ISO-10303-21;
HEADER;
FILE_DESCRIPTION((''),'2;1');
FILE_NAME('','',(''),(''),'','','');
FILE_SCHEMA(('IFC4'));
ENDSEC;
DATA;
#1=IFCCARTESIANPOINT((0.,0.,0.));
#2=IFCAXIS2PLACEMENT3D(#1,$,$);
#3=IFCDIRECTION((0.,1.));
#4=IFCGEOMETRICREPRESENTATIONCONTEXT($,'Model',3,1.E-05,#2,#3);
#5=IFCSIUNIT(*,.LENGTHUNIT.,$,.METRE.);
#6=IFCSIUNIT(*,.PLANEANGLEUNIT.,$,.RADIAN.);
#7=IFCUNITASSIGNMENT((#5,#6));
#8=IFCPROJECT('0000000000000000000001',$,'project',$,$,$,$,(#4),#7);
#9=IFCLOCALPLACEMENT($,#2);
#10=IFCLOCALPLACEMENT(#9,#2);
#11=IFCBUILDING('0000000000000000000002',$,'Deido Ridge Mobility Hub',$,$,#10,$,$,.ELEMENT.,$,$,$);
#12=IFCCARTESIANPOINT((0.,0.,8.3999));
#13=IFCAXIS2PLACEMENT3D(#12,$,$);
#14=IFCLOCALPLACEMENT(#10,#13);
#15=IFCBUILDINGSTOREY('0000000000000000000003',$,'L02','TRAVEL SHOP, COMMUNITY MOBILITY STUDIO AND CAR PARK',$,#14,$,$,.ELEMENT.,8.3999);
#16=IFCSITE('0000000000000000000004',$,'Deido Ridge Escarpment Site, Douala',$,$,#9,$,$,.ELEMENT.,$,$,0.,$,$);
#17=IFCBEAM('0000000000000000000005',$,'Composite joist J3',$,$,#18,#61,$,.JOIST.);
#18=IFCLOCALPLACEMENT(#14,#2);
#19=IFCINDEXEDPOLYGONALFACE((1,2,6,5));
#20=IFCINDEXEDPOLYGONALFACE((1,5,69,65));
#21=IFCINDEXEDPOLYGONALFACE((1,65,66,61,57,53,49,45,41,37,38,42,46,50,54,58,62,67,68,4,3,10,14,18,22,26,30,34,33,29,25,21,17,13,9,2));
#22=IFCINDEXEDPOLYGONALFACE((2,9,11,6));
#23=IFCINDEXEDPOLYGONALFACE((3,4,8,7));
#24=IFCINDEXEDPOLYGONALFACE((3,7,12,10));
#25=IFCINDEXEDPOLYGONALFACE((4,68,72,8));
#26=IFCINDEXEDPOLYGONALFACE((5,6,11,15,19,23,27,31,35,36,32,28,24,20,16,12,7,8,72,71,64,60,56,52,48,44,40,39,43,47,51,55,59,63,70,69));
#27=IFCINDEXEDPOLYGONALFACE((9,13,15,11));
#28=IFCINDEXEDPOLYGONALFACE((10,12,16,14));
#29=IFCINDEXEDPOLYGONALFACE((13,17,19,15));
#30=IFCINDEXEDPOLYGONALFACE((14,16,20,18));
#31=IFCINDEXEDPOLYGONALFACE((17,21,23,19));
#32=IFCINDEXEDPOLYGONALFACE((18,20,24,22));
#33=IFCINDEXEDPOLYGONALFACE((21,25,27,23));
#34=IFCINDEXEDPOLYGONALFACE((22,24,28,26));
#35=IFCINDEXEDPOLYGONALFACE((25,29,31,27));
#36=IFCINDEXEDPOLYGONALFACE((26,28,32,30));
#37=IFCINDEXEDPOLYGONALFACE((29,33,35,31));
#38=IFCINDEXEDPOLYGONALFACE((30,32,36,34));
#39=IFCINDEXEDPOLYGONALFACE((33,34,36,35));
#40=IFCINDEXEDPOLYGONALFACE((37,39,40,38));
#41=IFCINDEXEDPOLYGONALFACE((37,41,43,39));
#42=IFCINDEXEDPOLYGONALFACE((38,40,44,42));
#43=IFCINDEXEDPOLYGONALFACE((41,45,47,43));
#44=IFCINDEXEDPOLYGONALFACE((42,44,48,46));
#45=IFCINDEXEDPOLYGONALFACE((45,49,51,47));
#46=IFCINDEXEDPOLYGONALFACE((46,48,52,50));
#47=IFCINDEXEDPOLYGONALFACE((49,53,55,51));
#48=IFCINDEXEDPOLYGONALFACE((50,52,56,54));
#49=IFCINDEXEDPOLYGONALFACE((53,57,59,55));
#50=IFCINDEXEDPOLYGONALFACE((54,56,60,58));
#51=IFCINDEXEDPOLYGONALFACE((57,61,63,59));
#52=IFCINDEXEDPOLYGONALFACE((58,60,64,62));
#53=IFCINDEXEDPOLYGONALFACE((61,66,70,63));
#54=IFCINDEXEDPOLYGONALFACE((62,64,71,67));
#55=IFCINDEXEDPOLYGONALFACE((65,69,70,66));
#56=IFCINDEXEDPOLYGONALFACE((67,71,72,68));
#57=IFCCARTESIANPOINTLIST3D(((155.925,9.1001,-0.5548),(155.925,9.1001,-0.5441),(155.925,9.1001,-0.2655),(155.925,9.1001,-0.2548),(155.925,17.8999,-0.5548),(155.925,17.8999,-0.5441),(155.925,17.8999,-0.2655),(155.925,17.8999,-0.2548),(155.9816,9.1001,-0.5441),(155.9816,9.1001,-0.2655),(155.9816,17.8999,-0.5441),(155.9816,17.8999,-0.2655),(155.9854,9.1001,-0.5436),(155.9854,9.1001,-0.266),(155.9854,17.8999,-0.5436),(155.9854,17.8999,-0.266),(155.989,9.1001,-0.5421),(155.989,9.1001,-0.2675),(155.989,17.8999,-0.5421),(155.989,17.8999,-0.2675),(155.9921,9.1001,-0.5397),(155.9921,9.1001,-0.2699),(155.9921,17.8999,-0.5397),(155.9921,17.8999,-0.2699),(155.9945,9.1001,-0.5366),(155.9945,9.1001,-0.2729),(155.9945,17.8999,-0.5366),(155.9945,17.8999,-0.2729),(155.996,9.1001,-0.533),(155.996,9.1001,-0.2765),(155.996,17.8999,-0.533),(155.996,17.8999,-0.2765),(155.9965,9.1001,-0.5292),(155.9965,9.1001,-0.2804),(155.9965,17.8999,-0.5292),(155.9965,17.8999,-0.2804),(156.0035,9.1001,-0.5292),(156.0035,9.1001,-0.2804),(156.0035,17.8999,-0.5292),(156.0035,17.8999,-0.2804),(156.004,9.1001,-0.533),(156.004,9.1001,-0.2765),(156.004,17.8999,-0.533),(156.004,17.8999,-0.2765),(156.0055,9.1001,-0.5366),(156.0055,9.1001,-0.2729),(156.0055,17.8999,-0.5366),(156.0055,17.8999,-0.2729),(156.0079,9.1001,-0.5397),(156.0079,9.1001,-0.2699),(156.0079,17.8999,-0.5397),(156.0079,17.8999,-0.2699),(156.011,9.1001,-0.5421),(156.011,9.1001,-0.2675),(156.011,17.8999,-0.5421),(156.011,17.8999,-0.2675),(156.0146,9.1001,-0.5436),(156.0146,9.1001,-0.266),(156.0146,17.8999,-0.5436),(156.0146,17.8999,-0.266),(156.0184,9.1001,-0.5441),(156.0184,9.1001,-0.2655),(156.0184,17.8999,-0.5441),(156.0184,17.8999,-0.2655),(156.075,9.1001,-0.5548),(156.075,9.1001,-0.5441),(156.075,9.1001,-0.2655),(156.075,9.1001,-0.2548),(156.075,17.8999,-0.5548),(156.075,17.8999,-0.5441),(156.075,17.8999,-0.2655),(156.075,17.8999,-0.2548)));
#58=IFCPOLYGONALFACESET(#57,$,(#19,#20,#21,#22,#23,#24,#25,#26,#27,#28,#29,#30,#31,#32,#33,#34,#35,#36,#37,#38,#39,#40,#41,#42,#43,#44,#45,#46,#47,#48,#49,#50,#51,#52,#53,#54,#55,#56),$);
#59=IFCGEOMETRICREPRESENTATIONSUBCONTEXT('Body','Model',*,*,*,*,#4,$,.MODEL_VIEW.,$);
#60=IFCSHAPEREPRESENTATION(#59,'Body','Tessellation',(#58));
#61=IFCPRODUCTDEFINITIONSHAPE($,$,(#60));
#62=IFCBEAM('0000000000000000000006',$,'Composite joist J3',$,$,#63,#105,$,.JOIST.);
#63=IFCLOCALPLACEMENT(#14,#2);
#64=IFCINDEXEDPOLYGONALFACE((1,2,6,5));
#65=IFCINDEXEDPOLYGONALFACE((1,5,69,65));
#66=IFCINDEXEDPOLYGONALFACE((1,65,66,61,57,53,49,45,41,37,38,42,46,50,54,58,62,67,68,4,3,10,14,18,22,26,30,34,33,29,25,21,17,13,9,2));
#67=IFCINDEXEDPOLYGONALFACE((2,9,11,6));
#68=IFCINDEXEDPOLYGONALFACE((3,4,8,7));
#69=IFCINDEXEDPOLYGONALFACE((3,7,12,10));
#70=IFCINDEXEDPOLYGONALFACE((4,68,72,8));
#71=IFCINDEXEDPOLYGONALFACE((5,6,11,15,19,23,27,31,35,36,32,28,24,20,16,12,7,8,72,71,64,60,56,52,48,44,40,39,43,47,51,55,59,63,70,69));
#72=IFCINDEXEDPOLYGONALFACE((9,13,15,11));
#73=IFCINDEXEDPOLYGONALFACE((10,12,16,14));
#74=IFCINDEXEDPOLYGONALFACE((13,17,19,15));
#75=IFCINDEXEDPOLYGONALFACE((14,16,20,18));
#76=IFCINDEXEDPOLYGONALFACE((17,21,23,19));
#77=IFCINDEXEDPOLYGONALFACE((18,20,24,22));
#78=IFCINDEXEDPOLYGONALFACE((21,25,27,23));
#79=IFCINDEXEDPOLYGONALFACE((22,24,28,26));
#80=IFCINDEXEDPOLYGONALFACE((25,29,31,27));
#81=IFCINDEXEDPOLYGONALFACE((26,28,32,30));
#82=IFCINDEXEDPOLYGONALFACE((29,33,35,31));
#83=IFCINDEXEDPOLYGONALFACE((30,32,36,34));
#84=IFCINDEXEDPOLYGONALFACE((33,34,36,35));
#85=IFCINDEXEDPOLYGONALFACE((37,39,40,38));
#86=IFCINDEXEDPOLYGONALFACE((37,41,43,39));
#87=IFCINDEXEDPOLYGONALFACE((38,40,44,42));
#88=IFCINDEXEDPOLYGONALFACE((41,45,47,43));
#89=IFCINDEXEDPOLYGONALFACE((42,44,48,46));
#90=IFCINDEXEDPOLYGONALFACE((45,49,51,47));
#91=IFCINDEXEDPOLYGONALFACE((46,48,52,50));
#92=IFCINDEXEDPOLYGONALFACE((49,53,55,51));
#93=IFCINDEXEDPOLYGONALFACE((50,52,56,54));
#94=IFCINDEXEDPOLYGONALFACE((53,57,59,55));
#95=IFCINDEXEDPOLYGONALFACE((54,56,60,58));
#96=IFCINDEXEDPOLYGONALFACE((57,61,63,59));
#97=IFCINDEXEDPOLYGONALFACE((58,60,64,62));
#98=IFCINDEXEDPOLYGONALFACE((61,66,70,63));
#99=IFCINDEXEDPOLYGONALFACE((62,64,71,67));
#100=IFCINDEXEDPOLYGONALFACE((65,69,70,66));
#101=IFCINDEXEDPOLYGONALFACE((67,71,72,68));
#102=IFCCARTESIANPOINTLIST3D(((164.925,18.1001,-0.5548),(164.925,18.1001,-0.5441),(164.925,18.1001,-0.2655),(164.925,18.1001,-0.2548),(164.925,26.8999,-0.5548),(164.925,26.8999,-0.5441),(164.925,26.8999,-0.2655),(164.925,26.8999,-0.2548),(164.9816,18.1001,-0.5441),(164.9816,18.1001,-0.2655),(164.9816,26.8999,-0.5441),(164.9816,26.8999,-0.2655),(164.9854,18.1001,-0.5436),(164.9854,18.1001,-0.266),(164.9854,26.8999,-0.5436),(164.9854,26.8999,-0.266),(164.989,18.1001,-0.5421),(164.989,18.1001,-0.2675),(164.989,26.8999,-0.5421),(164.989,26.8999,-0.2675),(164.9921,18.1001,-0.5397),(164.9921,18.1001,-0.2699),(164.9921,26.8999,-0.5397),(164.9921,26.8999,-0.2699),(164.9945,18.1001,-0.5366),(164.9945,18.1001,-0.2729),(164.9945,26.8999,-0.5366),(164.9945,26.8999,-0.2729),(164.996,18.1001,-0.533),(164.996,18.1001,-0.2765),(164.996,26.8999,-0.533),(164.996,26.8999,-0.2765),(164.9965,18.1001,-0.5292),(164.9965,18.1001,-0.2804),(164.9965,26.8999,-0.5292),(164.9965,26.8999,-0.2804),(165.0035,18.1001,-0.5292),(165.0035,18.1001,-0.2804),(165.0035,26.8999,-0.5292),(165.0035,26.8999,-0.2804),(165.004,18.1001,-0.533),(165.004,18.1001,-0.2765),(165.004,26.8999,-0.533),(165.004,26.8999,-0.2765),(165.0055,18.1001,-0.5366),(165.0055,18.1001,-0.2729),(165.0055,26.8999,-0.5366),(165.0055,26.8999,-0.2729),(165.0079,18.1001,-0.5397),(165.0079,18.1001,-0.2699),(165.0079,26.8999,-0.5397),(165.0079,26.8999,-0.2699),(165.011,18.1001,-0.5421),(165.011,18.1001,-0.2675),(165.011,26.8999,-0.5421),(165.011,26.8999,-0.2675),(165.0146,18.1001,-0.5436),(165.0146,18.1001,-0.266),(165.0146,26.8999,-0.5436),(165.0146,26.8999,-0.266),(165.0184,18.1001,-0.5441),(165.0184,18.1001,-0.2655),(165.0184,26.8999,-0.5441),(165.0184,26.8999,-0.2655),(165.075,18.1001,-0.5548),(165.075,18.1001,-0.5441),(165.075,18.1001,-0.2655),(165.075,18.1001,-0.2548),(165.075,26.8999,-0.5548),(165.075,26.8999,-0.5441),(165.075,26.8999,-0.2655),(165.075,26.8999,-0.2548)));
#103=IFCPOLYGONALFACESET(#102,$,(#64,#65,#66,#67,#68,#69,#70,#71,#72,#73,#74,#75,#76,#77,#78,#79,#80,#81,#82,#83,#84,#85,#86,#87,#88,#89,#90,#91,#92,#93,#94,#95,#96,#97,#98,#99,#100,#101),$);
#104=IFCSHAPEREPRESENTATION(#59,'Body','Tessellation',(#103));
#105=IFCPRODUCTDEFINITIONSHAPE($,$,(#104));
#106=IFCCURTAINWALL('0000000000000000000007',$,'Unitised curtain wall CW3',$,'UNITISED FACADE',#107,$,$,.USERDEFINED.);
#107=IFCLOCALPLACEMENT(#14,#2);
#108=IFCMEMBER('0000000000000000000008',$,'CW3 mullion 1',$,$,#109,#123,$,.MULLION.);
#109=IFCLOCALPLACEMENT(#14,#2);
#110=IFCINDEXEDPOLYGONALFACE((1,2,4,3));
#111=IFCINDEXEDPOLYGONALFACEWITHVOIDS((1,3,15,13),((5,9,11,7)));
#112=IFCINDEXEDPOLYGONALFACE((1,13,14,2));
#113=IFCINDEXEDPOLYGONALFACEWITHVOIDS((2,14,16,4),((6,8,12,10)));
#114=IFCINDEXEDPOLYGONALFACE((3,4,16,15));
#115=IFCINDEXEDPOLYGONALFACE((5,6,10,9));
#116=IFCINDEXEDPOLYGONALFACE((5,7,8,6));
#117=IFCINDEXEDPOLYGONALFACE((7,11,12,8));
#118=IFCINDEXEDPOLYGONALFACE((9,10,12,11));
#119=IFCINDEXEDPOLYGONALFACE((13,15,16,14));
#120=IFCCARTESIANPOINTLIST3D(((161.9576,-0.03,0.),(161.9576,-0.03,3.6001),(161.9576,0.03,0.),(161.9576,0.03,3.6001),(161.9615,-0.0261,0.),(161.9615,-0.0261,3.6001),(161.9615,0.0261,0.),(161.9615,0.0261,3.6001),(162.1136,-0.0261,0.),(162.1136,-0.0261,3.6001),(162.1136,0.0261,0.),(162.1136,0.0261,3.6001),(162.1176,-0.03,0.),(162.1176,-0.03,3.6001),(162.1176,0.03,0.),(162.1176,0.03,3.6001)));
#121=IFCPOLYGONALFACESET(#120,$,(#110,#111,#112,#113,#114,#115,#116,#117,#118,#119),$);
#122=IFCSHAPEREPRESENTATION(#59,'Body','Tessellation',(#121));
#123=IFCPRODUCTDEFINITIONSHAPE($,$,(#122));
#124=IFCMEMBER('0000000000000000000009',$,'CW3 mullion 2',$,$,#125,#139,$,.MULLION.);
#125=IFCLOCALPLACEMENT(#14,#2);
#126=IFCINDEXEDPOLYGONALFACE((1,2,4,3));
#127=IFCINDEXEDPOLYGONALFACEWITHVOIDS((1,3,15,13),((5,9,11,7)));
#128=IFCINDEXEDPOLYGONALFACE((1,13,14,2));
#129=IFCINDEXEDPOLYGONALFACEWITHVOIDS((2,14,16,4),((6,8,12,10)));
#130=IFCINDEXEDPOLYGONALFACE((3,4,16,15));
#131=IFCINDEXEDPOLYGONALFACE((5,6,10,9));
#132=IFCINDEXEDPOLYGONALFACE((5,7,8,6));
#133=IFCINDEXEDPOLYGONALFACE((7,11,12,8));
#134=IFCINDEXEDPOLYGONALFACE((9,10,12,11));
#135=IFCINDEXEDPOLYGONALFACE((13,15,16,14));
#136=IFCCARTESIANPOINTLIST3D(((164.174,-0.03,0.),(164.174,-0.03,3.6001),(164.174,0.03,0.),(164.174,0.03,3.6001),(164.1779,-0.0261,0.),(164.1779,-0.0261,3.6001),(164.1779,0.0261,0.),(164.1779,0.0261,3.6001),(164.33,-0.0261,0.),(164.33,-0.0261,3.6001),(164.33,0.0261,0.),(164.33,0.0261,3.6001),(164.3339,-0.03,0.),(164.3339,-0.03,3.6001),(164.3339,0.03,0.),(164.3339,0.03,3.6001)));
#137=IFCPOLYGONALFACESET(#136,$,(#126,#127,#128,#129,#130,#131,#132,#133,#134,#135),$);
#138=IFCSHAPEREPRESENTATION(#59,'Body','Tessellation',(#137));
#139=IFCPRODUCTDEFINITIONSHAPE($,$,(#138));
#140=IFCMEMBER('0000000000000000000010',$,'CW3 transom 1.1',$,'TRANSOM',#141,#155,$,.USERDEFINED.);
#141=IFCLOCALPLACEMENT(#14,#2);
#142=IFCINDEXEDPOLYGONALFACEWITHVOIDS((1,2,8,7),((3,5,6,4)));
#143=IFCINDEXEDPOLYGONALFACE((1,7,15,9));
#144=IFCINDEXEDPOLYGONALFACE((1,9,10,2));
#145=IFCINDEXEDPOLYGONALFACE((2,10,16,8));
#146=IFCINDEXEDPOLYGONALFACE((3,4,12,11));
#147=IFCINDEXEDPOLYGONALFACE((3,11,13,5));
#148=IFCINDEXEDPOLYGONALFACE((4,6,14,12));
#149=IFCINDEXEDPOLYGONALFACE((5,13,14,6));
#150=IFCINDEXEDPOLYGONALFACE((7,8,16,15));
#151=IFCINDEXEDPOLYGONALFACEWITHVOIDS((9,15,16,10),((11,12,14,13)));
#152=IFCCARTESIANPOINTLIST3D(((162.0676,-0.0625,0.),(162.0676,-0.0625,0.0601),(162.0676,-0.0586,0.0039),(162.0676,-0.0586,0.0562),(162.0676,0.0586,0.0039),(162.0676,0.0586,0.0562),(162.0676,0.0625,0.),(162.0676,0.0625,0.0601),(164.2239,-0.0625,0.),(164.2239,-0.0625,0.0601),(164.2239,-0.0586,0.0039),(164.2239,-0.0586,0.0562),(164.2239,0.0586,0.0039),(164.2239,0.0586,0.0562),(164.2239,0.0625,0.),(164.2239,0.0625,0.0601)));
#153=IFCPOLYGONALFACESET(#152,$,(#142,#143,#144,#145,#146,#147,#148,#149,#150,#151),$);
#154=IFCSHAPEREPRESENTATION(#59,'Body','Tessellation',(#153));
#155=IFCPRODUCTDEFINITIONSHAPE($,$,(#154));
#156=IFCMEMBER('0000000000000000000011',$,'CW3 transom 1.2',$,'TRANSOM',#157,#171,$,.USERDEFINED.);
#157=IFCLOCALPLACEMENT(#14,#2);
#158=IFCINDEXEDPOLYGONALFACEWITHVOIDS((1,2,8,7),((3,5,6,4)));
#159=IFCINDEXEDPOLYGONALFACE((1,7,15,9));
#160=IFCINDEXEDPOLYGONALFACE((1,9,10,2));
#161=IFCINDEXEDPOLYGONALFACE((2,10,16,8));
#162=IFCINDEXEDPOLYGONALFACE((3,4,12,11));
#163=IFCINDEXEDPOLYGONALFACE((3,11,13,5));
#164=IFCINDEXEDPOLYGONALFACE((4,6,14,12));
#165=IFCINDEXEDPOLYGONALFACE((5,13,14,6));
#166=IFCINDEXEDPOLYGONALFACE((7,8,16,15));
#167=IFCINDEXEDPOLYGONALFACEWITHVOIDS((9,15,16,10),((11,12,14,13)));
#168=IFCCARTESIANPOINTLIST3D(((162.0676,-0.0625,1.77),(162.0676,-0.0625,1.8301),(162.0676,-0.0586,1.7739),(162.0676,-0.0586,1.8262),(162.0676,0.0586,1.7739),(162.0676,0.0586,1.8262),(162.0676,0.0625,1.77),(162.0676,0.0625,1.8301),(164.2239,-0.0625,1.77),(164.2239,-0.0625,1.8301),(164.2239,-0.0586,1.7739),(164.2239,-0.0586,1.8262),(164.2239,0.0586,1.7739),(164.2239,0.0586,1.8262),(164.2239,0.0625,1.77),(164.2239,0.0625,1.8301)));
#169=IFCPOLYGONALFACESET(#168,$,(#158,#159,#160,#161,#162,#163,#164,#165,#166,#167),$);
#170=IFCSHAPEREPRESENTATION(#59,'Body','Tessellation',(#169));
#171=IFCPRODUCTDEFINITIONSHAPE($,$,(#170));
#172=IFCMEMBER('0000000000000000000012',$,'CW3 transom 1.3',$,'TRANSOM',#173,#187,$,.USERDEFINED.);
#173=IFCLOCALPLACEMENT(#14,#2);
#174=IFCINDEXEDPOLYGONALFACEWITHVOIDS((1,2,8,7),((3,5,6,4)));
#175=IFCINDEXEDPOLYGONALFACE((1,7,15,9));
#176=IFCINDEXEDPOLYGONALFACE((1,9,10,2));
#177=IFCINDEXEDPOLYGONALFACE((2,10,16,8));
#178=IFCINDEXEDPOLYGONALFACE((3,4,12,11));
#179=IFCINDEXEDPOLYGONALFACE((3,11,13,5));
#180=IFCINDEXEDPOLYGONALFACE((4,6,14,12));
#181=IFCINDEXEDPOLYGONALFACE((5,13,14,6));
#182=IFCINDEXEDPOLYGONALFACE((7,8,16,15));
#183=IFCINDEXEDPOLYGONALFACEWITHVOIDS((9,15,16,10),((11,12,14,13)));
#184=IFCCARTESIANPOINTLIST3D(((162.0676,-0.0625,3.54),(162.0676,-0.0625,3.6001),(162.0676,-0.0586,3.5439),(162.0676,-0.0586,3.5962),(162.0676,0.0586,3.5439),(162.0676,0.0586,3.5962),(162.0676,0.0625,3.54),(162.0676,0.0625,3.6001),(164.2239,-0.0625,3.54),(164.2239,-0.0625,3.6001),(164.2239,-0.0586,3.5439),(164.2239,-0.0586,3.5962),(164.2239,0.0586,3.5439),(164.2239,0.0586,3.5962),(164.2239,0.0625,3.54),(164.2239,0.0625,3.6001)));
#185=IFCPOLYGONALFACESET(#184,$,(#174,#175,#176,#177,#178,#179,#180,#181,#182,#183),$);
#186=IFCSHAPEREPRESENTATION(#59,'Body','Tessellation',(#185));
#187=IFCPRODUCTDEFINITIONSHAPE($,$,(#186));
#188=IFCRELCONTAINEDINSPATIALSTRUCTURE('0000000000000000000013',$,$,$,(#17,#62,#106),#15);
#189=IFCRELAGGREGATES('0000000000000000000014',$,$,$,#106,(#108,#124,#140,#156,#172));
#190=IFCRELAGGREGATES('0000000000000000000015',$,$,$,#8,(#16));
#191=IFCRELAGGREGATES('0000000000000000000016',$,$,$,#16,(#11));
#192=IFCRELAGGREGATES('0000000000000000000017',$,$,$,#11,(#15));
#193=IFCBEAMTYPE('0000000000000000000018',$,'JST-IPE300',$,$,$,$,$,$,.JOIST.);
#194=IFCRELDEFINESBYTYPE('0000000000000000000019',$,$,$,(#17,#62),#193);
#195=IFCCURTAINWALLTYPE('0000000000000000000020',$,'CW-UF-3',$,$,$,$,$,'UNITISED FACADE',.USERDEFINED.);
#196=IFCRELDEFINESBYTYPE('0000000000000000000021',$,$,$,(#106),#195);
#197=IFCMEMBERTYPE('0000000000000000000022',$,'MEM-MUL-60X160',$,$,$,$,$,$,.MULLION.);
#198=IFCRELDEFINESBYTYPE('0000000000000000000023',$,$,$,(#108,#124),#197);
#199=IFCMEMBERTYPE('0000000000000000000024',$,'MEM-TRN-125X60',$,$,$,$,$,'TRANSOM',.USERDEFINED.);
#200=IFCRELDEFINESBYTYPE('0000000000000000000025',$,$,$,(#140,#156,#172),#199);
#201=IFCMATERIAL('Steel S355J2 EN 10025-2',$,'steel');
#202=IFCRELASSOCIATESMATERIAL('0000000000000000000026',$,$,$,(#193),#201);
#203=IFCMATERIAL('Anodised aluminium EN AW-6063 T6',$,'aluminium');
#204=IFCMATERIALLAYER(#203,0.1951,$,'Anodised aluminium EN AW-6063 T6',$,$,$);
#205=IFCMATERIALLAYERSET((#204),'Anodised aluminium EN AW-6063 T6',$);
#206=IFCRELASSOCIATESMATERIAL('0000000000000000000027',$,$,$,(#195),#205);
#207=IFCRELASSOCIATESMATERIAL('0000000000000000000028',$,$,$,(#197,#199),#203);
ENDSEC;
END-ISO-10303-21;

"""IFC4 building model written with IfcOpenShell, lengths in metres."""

from ifc_helpers import new_model, si_unit, direction, frame, origin, origin_2d, place, context, subcontext, project, spatial, hollow_rectangle, i_section, extrude, material, layer, layer_set, material_profile, profile_set, type_object, element, aggregate, save


model = new_model("IFC4")

# Units and contexts
model_context = context("Model", 3, precision=1e-05, world=origin(), true_north=direction((0.0, 1.0)))
body_context = subcontext(model_context, "Body", "Model", "MODEL_VIEW")
ifc_project = project(units=[si_unit("LENGTHUNIT", "METRE"), si_unit("PLANEANGLEUNIT", "RADIAN")], contexts=[model_context])

# Site, building, storey
site_placement = place(None, origin())
site = spatial("IfcSite", under=ifc_project, at=site_placement, Name="Deido Ridge Escarpment Site, Douala", CompositionType="ELEMENT", RefElevation=0.0)
building_placement = place(site_placement, origin())
building = spatial("IfcBuilding", under=site, at=building_placement, Name="Deido Ridge Mobility Hub", CompositionType="ELEMENT")
storey_placement = place(building_placement, frame((0.0, 0.0, 8.3999)))
storey = spatial("IfcBuildingStorey", under=building, at=storey_placement, Name="L02", Description="TRAVEL SHOP, COMMUNITY MOBILITY STUDIO AND CAR PARK", CompositionType="ELEMENT", Elevation=8.3999)

# Shared definitions
ifc_material_1 = material(Name="Steel S355J2 EN 10025-2", Category="steel")

# Beams
ifc_material_profile_1 = material_profile(ifc_material_1, i_section(OverallWidth=0.1499, OverallDepth=0.3, WebThickness=0.0071, FlangeThickness=0.0107, FilletRadius=0.0149, at=origin_2d()), Name="IPE 300")
ifc_profile_set_1 = profile_set([ifc_material_profile_1], Name="Steel S355J2 EN 10025-2")
beam_type_1 = type_object("IfcBeamType", Name="JST-IPE300", PredefinedType="JOIST", material=ifc_profile_set_1)
for number, where, z_axis, x_axis, name in (
    (1, (156.0, 9.1001, -0.4048), (0.0, 1.0, 0.0), (-1.0, 0.0, 0.0), "Composite joist J3"),
    (2, (165.0, 18.1001, -0.4048), (0.0, 1.0, 0.0), (-1.0, 0.0, 0.0), "Composite joist J3"),
):
    element("IfcBeam", number, at=place(storey_placement, frame(where, z_axis=z_axis, x_axis=x_axis)), inside=storey, type_object=beam_type_1, Name=name, PredefinedType="JOIST", context=body_context, shape_type="SweptSolid", body=[
        extrude(i_section(OverallWidth=0.1499, OverallDepth=0.3, WebThickness=0.0071, FlangeThickness=0.0107, FilletRadius=0.0149, at=origin_2d()), origin(), (0.0, 0.0, 1.0), 8.7998),
    ])

# Curtain wall, members
ifc_material_2 = material(Name="Anodised aluminium EN AW-6063 T6", Category="aluminium")
ifc_layer_1 = layer(ifc_material_2, 0.1951, Name="Anodised aluminium EN AW-6063 T6")
ifc_layer_set_1 = layer_set([ifc_layer_1], Name="Anodised aluminium EN AW-6063 T6")
curtain_wall_type = type_object("IfcCurtainWallType", Name="CW-UF-3", ElementType="UNITISED FACADE", PredefinedType="USERDEFINED", material=ifc_layer_set_1)
curtain_wall_placement = place(storey_placement, origin())
curtain_wall = element("IfcCurtainWall", 3, at=curtain_wall_placement, inside=storey, type_object=curtain_wall_type, Name="Unitised curtain wall CW3", ObjectType="UNITISED FACADE", PredefinedType="USERDEFINED")
ifc_material_profile_2 = material_profile(ifc_material_2, hollow_rectangle(XDim=0.0601, YDim=0.1599, WallThickness=0.0039, at=origin_2d()), Name="RHS 60x160x4")
ifc_profile_set_2 = profile_set([ifc_material_profile_2], Name="Anodised aluminium EN AW-6063 T6")
member_type_1 = type_object("IfcMemberType", Name="MEM-MUL-60X160", PredefinedType="MULLION", material=ifc_profile_set_2)
member_1_placement = place(storey_placement, frame((162.0376, 0.0, 0.0), z_axis=(0.0, 0.0, 1.0), x_axis=(0.0, 1.0, 0.0)))
member_1 = element("IfcMember", 4, at=member_1_placement, type_object=member_type_1, Name="CW3 mullion 1", PredefinedType="MULLION", context=body_context, shape_type="SweptSolid", body=[
    extrude(hollow_rectangle(XDim=0.0601, YDim=0.1599, WallThickness=0.0039, at=origin_2d()), origin(), (0.0, 0.0, 1.0), 3.6001),
])
member_2_placement = place(storey_placement, frame((164.2539, 0.0, 0.0), z_axis=(0.0, 0.0, 1.0), x_axis=(0.0, 1.0, 0.0)))
member_2 = element("IfcMember", 5, at=member_2_placement, type_object=member_type_1, Name="CW3 mullion 2", PredefinedType="MULLION", context=body_context, shape_type="SweptSolid", body=[
    extrude(hollow_rectangle(XDim=0.0601, YDim=0.1599, WallThickness=0.0039, at=origin_2d()), origin(), (0.0, 0.0, 1.0), 3.6001),
])
ifc_material_profile_3 = material_profile(ifc_material_2, hollow_rectangle(XDim=0.125, YDim=0.0601, WallThickness=0.0039, at=origin_2d()), Name="RHS 125x60x4")
ifc_profile_set_3 = profile_set([ifc_material_profile_3], Name="Anodised aluminium EN AW-6063 T6")
member_type_2 = type_object("IfcMemberType", Name="MEM-TRN-125X60", ElementType="TRANSOM", PredefinedType="USERDEFINED", material=ifc_profile_set_3)
member_3_placement = place(storey_placement, frame((162.0676, 0.0, 0.03), z_axis=(1.0, 0.0, 0.0), x_axis=(0.0, 1.0, 0.0)))
member_3 = element("IfcMember", 6, at=member_3_placement, type_object=member_type_2, Name="CW3 transom 1.1", ObjectType="TRANSOM", PredefinedType="USERDEFINED", context=body_context, shape_type="SweptSolid", body=[
    extrude(hollow_rectangle(XDim=0.125, YDim=0.0601, WallThickness=0.0039, at=origin_2d()), origin(), (0.0, 0.0, 1.0), 2.1562),
])
member_4_placement = place(storey_placement, frame((162.0676, 0.0, 1.8), z_axis=(1.0, 0.0, 0.0), x_axis=(0.0, 1.0, 0.0)))
member_4 = element("IfcMember", 7, at=member_4_placement, type_object=member_type_2, Name="CW3 transom 1.2", ObjectType="TRANSOM", PredefinedType="USERDEFINED", context=body_context, shape_type="SweptSolid", body=[
    extrude(hollow_rectangle(XDim=0.125, YDim=0.0601, WallThickness=0.0039, at=origin_2d()), origin(), (0.0, 0.0, 1.0), 2.1562),
])
member_5_placement = place(storey_placement, frame((162.0676, 0.0, 3.5701), z_axis=(1.0, 0.0, 0.0), x_axis=(0.0, 1.0, 0.0)))
member_5 = element("IfcMember", 8, at=member_5_placement, type_object=member_type_2, Name="CW3 transom 1.3", ObjectType="TRANSOM", PredefinedType="USERDEFINED", context=body_context, shape_type="SweptSolid", body=[
    extrude(hollow_rectangle(XDim=0.125, YDim=0.0601, WallThickness=0.0039, at=origin_2d()), origin(), (0.0, 0.0, 1.0), 2.1562),
])

aggregate(curtain_wall, [member_1, member_2, member_3, member_4, member_5])

save(model, "model.ifc")
